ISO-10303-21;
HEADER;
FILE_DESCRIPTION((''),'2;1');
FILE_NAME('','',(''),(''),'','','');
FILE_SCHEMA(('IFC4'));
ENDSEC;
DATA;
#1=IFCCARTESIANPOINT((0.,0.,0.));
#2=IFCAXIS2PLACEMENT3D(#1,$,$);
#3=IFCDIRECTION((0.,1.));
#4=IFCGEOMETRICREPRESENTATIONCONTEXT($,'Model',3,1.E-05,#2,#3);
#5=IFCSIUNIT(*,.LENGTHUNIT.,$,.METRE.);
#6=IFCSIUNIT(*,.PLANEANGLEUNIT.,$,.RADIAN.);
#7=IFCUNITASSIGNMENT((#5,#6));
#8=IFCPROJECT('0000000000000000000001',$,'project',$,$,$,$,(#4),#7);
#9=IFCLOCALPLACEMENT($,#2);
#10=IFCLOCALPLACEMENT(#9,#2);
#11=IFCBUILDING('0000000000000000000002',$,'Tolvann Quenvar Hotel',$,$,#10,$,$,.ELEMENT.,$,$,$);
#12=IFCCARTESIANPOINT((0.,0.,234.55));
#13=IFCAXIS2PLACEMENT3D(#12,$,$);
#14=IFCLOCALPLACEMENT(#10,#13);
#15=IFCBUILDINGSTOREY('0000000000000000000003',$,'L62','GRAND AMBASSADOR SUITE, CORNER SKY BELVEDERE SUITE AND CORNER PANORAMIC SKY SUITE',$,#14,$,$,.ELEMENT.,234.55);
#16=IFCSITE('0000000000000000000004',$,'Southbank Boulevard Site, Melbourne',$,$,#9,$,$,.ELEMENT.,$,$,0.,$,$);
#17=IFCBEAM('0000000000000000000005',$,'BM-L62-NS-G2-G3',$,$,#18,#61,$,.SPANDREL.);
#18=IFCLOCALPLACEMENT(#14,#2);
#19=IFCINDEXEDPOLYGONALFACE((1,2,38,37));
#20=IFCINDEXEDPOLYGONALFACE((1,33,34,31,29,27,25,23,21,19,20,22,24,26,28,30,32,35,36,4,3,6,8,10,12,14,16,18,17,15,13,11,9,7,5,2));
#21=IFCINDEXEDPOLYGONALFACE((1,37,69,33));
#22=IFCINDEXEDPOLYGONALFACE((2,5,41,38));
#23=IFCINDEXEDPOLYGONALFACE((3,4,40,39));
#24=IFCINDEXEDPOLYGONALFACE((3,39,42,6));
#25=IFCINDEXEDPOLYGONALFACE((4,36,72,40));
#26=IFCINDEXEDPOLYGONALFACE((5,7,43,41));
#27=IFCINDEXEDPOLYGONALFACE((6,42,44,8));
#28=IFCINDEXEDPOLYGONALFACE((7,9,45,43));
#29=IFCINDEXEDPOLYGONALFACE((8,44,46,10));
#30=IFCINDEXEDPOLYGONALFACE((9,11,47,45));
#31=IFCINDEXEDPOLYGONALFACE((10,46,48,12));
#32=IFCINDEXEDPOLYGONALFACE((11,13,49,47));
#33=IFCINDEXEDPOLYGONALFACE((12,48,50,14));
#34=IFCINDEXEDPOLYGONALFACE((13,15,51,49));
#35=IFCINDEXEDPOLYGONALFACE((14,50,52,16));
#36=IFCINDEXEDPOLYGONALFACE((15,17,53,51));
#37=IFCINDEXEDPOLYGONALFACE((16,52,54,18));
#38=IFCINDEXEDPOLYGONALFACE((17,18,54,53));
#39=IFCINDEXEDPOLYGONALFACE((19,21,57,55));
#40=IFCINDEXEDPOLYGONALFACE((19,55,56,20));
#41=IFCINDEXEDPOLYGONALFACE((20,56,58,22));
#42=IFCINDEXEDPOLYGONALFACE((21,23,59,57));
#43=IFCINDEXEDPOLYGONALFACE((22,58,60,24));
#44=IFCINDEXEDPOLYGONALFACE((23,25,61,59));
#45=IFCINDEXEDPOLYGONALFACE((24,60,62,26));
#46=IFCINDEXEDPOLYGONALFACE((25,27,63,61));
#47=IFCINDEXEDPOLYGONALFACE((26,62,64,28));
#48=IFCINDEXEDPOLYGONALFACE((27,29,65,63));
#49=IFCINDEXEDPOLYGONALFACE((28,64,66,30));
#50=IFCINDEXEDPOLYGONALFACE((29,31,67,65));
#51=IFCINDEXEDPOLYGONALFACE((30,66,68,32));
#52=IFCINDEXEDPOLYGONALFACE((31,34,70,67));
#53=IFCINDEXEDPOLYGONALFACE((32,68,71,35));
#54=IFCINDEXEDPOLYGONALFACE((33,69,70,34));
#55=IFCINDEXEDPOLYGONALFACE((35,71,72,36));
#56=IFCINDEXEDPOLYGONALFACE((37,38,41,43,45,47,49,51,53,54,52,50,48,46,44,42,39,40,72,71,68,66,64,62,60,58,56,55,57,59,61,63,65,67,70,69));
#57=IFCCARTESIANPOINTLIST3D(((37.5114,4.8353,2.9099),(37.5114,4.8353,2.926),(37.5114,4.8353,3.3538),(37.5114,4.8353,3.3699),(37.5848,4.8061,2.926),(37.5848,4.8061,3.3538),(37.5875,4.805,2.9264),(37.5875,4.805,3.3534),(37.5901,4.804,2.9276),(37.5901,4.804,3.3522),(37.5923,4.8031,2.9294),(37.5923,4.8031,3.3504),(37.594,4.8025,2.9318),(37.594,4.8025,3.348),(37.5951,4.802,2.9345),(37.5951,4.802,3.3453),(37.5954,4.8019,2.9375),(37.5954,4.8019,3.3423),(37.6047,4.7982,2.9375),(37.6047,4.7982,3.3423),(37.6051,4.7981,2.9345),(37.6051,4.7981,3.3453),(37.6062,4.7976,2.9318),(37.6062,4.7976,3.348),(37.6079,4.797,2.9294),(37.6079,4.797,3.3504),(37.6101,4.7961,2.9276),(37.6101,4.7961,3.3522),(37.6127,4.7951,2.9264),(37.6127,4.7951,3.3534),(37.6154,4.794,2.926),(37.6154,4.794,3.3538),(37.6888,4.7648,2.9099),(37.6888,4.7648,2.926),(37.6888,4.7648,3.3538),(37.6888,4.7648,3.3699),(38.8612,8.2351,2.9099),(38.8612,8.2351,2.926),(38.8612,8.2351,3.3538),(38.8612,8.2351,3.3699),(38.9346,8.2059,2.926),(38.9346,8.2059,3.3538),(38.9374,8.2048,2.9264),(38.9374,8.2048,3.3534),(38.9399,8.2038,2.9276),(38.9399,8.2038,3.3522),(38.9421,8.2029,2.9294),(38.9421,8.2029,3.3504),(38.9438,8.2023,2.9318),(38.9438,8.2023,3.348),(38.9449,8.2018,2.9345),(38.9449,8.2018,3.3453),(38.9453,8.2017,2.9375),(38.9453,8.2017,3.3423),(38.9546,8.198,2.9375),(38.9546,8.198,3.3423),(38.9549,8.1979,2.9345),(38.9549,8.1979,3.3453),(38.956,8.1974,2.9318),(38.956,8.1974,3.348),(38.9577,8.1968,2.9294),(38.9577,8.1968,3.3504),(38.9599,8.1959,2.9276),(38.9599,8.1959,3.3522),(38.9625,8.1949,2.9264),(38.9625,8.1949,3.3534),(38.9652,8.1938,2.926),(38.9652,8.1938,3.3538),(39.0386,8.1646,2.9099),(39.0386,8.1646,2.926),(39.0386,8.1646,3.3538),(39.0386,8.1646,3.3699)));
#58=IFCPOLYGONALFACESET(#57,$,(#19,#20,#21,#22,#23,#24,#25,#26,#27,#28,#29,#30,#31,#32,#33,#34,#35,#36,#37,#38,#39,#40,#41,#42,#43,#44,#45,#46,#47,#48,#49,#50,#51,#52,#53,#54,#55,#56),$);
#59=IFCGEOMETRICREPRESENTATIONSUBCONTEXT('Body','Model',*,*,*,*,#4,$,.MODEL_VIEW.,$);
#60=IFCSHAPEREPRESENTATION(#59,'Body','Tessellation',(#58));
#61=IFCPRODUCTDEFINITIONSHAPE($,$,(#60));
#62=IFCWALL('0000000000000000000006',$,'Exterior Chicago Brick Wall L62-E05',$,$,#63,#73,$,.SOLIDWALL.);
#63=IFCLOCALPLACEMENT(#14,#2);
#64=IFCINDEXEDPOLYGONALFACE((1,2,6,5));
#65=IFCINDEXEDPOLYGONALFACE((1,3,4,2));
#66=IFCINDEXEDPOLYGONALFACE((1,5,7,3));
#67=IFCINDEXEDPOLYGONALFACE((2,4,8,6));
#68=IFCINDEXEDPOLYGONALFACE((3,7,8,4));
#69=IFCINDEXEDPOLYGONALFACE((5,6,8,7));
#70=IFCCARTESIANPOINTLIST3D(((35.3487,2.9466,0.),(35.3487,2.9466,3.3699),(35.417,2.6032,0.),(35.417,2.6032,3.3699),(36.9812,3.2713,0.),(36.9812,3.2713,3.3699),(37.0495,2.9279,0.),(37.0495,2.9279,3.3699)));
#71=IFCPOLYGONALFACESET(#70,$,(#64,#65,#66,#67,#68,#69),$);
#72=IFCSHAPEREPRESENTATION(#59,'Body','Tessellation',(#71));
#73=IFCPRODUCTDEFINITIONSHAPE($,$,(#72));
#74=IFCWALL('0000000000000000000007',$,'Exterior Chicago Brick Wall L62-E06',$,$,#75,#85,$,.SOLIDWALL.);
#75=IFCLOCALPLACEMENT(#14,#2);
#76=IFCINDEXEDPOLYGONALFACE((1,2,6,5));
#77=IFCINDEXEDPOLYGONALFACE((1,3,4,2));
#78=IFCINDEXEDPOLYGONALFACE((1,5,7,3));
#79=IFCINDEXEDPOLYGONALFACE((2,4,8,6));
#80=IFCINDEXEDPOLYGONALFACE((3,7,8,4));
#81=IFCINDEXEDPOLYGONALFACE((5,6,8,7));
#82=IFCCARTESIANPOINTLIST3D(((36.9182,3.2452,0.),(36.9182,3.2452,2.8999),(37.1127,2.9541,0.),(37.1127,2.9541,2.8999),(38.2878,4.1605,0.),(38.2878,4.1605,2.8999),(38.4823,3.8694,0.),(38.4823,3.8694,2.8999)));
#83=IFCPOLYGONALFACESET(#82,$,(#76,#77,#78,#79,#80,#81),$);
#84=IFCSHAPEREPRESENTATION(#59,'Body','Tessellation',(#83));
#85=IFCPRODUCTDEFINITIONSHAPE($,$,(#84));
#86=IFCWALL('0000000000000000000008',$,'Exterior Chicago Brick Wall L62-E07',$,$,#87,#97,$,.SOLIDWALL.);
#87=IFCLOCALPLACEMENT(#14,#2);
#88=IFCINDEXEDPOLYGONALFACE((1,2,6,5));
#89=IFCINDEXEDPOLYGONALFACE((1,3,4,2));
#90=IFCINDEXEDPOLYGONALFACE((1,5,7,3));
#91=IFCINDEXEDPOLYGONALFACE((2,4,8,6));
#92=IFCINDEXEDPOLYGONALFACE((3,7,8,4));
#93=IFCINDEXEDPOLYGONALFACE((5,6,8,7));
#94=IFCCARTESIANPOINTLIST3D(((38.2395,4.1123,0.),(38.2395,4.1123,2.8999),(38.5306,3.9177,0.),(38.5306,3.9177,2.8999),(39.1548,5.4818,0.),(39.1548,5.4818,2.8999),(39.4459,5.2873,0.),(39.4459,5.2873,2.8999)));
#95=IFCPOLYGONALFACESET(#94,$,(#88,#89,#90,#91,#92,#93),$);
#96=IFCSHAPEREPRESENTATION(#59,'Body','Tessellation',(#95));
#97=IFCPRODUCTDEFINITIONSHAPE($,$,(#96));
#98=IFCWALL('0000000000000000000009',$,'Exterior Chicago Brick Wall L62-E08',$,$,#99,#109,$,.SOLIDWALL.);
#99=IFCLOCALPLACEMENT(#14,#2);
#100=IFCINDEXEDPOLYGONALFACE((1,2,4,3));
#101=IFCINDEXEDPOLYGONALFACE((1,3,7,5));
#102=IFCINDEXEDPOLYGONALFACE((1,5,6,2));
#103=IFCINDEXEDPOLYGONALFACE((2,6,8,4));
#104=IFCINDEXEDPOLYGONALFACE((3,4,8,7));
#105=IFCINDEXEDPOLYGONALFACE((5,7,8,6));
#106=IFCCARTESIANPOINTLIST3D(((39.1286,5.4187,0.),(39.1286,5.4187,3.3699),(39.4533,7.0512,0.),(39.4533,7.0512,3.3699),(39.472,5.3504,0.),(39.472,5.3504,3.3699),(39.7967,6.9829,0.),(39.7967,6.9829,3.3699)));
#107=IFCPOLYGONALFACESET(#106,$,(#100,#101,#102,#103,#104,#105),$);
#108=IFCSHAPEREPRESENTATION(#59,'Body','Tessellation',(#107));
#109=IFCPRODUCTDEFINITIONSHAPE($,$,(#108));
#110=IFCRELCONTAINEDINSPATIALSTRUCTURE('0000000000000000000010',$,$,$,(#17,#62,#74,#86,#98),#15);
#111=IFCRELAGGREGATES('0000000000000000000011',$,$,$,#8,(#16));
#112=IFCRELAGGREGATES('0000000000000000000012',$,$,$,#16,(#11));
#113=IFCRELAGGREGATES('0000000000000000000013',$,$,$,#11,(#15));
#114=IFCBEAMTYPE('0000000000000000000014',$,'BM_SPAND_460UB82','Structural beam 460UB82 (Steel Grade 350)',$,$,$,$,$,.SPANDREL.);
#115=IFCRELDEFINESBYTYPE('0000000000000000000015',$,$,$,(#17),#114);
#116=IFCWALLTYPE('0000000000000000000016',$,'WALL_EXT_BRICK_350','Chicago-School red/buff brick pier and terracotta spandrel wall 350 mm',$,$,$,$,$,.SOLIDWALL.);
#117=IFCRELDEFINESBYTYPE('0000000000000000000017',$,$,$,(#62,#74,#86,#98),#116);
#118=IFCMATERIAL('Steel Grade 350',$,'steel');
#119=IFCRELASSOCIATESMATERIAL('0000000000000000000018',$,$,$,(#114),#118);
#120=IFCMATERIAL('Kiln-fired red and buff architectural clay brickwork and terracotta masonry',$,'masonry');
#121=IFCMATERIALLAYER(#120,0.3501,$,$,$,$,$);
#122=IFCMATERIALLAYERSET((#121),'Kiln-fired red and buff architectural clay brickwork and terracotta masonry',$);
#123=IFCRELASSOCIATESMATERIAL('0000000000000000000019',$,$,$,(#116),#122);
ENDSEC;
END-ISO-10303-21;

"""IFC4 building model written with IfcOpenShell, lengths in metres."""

from ifc_helpers import new_model, si_unit, direction, frame, frame_2d, origin, origin_2d, place, context, subcontext, project, spatial, rectangle, i_section, extrude, source, transform, mapped, material, layer, layer_set, material_profile, profile_set, type_object, element, save


model = new_model("IFC4")

# Units and contexts
model_context = context("Model", 3, precision=1e-05, world=origin(), true_north=direction((0.0, 1.0)))
body_context = subcontext(model_context, "Body", "Model", "MODEL_VIEW")
ifc_project = project(units=[si_unit("LENGTHUNIT", "METRE"), si_unit("PLANEANGLEUNIT", "RADIAN")], contexts=[model_context])

# Site, building, storey
site_placement = place(None, origin())
site = spatial("IfcSite", under=ifc_project, at=site_placement, Name="Southbank Boulevard Site, Melbourne", CompositionType="ELEMENT", RefElevation=0.0)
building_placement = place(site_placement, origin())
building = spatial("IfcBuilding", under=site, at=building_placement, Name="Tolvann Quenvar Hotel", CompositionType="ELEMENT")
storey_placement = place(building_placement, frame((0.0, 0.0, 234.55)))
storey = spatial("IfcBuildingStorey", under=building, at=storey_placement, Name="L62", Description="GRAND AMBASSADOR SUITE, CORNER SKY BELVEDERE SUITE AND CORNER PANORAMIC SKY SUITE", CompositionType="ELEMENT", Elevation=234.55)

# Shared definitions
ifc_material_1 = material(Name="Steel Grade 350", Category="steel")

# Beam
ifc_material_profile_1 = material_profile(ifc_material_1, i_section(OverallWidth=0.1909, OverallDepth=0.46, WebThickness=0.01, FlangeThickness=0.0161, FilletRadius=0.0115, at=origin_2d()), Name="460UB82")
ifc_profile_set_1 = profile_set([ifc_material_profile_1], Name="Steel Grade 350")
beam_type_1 = type_object("IfcBeamType", Name="BM_SPAND_460UB82", Description="Structural beam 460UB82 (Steel Grade 350)", PredefinedType="SPANDREL", material=ifc_profile_set_1)
shared_shape_1 = source(origin(), body_context, "Body", "SweptSolid", [
    extrude(i_section(OverallWidth=0.1909, OverallDepth=0.46, WebThickness=0.01, FlangeThickness=0.0161, FilletRadius=0.0115, at=origin_2d()), origin(), (0.0, 0.0, 1.0), 3.658),
])
beam_1_placement = place(storey_placement, frame((37.6001, 4.8, 3.1399), z_axis=(0.369008, 0.929426, 0.0), x_axis=(-0.929426, 0.369008, 0.0)))
element("IfcBeam", 1, at=beam_1_placement, inside=storey, type_object=beam_type_1, Name="BM-L62-NS-G2-G3", PredefinedType="SPANDREL", context=body_context, shape_type="MappedRepresentation", body=[
    mapped(shared_shape_1, transform((0.0, 0.0, 0.0), x_axis=(1.0, 0.0, 0.0), y_axis=(0.0, 1.0, 0.0), z_axis=(0.0, 0.0, 1.0), scale=1.0)),
])

# Walls
ifc_material_2 = material(Name="Kiln-fired red and buff architectural clay brickwork and terracotta masonry", Category="masonry")
ifc_layer_1 = layer(ifc_material_2, 0.3501)
ifc_layer_set_1 = layer_set([ifc_layer_1], Name="Kiln-fired red and buff architectural clay brickwork and terracotta masonry")
wall_type_1 = type_object("IfcWallType", Name="WALL_EXT_BRICK_350", Description="Chicago-School red/buff brick pier and terracotta spandrel wall 350 mm", PredefinedType="SOLIDWALL", material=ifc_layer_set_1)
wall_1_placement = place(storey_placement, frame((35.3828, 2.7749, 0.0), z_axis=(0.0, 0.0, 1.0), x_axis=(0.980789, 0.195072, 0.0)))
element("IfcWall", 2, at=wall_1_placement, inside=storey, type_object=wall_type_1, Name="Exterior Chicago Brick Wall L62-E05", PredefinedType="SOLIDWALL", context=body_context, shape_type="SweptSolid", body=[
    extrude(rectangle(XDim=1.6646, YDim=0.3501, at=frame_2d((0.8323, 0.0))), origin(), (0.0, 0.0, 1.0), 3.3699),
])
for number, where, z_axis, x_axis, name in (
    (3, (37.0154, 3.0996, 0.0), (0.0, 0.0, 1.0), (0.831434, 0.555623, 0.0), "Exterior Chicago Brick Wall L62-E06"),
    (4, (38.385, 4.0149, 0.0), (0.0, 0.0, 1.0), (0.555623, 0.831434, 0.0), "Exterior Chicago Brick Wall L62-E07"),
):
    element("IfcWall", number, at=place(storey_placement, frame(where, z_axis=z_axis, x_axis=x_axis)), inside=storey, type_object=wall_type_1, Name=name, PredefinedType="SOLIDWALL", context=body_context, shape_type="SweptSolid", body=[
        extrude(rectangle(XDim=1.6472, YDim=0.3501, at=frame_2d((0.8237, 0.0))), origin(), (0.0, 0.0, 1.0), 2.8999),
    ])
wall_2_placement = place(storey_placement, frame((39.3003, 5.3845, 0.0), z_axis=(0.0, 0.0, 1.0), x_axis=(0.195072, 0.980789, 0.0)))
element("IfcWall", 5, at=wall_2_placement, inside=storey, type_object=wall_type_1, Name="Exterior Chicago Brick Wall L62-E08", PredefinedType="SOLIDWALL", context=body_context, shape_type="SweptSolid", body=[
    extrude(rectangle(XDim=1.6646, YDim=0.3501, at=frame_2d((0.8323, 0.0))), origin(), (0.0, 0.0, 1.0), 3.3699),
])

save(model, "model.ifc")
